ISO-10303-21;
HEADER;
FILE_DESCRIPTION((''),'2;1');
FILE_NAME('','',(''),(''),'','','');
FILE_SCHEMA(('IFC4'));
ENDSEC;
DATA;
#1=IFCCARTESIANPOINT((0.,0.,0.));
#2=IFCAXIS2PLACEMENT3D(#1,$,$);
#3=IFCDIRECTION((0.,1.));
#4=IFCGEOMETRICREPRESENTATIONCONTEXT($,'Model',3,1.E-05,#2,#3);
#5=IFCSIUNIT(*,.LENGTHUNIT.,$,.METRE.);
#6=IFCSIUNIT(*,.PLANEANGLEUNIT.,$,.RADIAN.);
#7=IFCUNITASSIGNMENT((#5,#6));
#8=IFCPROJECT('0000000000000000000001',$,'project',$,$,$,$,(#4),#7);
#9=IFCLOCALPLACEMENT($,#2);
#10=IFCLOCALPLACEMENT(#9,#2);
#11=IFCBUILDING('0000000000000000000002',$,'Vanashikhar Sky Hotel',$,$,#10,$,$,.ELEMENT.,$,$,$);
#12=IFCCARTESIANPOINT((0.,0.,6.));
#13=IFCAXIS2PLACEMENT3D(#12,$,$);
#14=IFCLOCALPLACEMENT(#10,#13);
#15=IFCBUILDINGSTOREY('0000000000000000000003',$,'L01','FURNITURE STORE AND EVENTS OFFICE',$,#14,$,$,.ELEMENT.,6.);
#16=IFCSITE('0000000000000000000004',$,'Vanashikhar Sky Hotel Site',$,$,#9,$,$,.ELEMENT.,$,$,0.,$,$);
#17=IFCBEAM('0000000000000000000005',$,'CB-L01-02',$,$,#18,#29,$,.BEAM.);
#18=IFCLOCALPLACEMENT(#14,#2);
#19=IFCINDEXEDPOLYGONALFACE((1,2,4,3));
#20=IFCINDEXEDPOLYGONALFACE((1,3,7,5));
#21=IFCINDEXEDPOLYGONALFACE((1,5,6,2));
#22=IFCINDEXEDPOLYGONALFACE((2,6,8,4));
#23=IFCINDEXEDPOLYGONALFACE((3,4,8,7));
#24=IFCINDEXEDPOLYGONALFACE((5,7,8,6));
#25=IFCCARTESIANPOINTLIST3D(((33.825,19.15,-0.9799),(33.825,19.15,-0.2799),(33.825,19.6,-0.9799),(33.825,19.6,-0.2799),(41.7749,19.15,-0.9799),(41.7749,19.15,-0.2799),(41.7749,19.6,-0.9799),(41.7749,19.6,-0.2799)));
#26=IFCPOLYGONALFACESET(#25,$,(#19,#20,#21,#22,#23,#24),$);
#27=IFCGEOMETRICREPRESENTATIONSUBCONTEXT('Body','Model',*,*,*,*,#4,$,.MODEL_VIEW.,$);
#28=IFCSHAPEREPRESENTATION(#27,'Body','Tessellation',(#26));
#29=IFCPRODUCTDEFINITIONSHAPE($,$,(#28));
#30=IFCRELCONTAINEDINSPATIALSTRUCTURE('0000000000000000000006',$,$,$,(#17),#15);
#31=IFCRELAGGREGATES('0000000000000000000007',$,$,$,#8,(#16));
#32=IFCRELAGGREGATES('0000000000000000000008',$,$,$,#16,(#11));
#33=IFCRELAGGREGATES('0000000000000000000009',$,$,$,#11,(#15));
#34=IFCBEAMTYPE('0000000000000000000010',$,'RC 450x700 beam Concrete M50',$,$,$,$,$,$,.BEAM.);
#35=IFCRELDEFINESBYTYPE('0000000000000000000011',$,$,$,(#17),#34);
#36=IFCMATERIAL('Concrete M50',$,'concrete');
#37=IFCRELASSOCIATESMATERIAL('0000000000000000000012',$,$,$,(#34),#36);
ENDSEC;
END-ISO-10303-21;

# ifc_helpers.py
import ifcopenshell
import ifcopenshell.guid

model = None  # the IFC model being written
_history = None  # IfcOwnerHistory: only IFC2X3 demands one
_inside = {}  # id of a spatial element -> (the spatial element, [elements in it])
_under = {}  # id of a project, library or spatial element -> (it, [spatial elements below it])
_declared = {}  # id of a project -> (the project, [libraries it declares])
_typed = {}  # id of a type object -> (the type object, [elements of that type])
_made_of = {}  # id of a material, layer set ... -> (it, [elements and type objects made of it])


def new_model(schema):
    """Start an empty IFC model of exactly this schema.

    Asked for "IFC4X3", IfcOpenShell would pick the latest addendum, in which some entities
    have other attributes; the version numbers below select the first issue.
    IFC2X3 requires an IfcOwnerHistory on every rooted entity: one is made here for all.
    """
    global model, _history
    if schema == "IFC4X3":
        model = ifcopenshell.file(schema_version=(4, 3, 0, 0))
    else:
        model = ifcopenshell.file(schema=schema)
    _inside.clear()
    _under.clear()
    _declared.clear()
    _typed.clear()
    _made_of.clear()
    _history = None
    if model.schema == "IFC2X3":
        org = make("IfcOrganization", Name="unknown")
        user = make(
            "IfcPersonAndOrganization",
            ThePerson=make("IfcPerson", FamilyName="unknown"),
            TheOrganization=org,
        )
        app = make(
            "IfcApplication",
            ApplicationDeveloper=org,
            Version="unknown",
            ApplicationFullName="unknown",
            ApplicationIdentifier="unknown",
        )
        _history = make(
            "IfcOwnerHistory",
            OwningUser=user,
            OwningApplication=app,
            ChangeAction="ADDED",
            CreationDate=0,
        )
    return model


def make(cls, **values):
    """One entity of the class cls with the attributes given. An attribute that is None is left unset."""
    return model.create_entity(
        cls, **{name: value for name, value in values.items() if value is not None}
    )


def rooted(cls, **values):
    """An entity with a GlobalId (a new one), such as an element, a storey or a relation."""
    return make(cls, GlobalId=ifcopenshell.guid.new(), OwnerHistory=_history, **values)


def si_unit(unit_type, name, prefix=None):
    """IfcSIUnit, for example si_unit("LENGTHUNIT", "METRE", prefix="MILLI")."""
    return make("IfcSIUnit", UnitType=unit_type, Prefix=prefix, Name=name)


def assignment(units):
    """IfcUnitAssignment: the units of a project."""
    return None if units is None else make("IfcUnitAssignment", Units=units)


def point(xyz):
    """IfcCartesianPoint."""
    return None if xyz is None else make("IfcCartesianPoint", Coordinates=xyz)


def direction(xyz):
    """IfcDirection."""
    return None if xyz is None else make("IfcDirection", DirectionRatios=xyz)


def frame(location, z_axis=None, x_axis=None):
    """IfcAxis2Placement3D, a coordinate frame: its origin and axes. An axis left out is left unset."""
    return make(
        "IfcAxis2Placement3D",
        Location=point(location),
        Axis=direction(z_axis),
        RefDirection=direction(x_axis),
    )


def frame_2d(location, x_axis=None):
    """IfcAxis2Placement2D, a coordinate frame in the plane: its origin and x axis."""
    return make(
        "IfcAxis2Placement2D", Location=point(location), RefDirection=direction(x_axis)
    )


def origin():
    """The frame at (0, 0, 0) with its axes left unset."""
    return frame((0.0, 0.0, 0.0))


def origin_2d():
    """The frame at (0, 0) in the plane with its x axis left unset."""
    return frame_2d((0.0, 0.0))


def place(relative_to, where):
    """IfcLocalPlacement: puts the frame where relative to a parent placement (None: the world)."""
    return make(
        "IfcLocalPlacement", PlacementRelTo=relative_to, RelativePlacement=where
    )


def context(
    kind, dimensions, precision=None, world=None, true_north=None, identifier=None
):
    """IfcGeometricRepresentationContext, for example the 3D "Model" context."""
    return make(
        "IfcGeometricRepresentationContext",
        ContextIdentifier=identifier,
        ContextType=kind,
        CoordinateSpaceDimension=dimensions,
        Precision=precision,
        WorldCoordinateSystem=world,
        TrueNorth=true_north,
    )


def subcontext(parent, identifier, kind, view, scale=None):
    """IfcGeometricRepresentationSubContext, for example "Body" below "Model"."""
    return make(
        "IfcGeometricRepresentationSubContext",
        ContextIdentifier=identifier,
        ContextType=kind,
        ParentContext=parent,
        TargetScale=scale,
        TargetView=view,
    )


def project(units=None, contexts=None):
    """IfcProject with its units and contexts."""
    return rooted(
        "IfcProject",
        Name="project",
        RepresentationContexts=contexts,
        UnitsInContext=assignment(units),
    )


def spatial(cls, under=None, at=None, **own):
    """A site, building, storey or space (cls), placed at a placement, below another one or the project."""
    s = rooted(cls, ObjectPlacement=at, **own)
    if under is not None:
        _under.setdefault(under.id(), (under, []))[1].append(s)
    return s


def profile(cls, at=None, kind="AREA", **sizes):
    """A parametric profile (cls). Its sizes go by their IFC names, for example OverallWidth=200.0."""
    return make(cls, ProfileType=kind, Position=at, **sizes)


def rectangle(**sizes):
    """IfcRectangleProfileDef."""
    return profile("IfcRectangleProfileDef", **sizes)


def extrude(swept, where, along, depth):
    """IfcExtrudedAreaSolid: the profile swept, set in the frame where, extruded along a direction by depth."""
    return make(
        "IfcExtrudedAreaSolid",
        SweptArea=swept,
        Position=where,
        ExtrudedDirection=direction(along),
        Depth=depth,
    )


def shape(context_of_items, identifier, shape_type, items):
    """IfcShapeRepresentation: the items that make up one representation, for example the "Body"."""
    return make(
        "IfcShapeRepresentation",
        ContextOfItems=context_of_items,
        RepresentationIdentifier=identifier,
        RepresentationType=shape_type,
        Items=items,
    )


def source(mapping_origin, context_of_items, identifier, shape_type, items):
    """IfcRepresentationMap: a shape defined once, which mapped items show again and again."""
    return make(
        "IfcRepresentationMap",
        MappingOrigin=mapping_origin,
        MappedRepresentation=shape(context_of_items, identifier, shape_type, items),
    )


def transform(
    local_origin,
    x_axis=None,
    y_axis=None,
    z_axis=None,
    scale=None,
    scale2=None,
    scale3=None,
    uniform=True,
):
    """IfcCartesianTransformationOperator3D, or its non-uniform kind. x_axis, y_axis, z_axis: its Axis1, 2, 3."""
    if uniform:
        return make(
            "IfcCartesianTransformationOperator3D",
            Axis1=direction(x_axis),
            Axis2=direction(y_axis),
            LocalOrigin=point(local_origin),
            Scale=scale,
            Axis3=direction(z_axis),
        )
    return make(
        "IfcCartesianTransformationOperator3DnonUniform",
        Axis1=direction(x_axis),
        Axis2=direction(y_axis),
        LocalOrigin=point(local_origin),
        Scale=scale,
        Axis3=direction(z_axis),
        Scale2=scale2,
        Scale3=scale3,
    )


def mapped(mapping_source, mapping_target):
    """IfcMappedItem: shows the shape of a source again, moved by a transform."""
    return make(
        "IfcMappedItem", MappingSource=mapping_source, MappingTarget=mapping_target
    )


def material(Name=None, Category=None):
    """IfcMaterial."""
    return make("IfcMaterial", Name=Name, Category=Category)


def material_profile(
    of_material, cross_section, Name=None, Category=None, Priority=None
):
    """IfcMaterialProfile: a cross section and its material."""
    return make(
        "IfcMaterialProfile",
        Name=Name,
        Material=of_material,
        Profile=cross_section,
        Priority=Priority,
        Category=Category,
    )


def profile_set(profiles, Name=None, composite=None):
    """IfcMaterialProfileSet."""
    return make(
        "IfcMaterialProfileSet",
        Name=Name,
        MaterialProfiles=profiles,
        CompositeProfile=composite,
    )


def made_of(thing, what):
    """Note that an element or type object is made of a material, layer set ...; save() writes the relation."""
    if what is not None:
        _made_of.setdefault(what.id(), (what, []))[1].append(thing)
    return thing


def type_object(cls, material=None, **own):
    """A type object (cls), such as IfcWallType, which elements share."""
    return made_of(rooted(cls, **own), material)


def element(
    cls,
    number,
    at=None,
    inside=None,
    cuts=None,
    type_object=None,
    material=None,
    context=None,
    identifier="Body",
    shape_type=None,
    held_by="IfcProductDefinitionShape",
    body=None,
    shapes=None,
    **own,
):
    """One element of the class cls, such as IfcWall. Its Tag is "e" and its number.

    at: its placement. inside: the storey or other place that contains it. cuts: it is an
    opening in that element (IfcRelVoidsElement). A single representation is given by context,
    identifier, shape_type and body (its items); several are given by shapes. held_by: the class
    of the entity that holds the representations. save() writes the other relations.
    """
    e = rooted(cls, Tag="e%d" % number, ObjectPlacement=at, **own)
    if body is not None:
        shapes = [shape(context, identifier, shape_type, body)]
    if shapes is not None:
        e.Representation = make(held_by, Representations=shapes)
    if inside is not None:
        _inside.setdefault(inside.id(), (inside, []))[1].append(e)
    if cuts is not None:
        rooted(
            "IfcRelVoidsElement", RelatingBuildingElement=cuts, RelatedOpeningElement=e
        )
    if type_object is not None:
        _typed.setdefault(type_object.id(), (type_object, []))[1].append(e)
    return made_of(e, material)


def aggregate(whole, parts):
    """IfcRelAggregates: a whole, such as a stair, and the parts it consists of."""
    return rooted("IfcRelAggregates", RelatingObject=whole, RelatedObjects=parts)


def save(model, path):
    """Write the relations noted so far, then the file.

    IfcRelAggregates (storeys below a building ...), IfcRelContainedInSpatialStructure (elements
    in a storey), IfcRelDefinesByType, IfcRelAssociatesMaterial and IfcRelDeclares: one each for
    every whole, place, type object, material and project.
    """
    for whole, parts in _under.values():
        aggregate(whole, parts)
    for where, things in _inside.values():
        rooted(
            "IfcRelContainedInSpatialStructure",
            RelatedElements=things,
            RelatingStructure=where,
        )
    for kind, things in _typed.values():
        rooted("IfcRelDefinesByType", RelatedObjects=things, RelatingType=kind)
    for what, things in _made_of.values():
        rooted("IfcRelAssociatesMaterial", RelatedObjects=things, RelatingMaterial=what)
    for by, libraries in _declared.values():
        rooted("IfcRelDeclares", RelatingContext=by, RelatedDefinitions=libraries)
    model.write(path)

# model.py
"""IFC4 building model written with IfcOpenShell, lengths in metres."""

from ifc_helpers import new_model, si_unit, direction, frame, origin, origin_2d, place, context, subcontext, project, spatial, rectangle, extrude, source, transform, mapped, material, material_profile, profile_set, type_object, element, save


model = new_model("IFC4")

# Units and contexts
model_context = context("Model", 3, precision=1e-05, world=origin(), true_north=direction((0.0, 1.0)))
body_context = subcontext(model_context, "Body", "Model", "MODEL_VIEW")
ifc_project = project(units=[si_unit("LENGTHUNIT", "METRE"), si_unit("PLANEANGLEUNIT", "RADIAN")], contexts=[model_context])

# Site, building, storey
site_placement = place(None, origin())
site = spatial("IfcSite", under=ifc_project, at=site_placement, Name="Vanashikhar Sky Hotel Site", CompositionType="ELEMENT", RefElevation=0.0)
building_placement = place(site_placement, origin())
building = spatial("IfcBuilding", under=site, at=building_placement, Name="Vanashikhar Sky Hotel", CompositionType="ELEMENT")
storey_placement = place(building_placement, frame((0.0, 0.0, 6.0)))
storey = spatial("IfcBuildingStorey", under=building, at=storey_placement, Name="L01", Description="FURNITURE STORE AND EVENTS OFFICE", CompositionType="ELEMENT", Elevation=6.0)

# Beam
ifc_material_1 = material(Name="Concrete M50", Category="concrete")
ifc_material_profile = material_profile(ifc_material_1, rectangle(XDim=0.45, YDim=0.7, at=origin_2d()))
ifc_profile_set = profile_set([ifc_material_profile], Name="RC 450x700 beam Concrete M50")
beam_type = type_object("IfcBeamType", Name="RC 450x700 beam Concrete M50", PredefinedType="BEAM", material=ifc_profile_set)
shared_shape_1 = source(origin(), body_context, "Body", "SweptSolid", [
    extrude(rectangle(XDim=0.45, YDim=0.7, at=origin_2d()), origin(), (0.0, 0.0, 1.0), 7.95),
])
beam_placement = place(storey_placement, frame((33.825, 19.375, -0.6299), z_axis=(1.0, 0.0, 0.0), x_axis=(0.0, 1.0, 0.0)))
element("IfcBeam", 1, at=beam_placement, inside=storey, type_object=beam_type, Name="CB-L01-02", PredefinedType="BEAM", context=body_context, shape_type="MappedRepresentation", body=[
    mapped(shared_shape_1, transform((0.0, 0.0, 0.0), scale=1.0)),
])

save(model, "model.ifc")
